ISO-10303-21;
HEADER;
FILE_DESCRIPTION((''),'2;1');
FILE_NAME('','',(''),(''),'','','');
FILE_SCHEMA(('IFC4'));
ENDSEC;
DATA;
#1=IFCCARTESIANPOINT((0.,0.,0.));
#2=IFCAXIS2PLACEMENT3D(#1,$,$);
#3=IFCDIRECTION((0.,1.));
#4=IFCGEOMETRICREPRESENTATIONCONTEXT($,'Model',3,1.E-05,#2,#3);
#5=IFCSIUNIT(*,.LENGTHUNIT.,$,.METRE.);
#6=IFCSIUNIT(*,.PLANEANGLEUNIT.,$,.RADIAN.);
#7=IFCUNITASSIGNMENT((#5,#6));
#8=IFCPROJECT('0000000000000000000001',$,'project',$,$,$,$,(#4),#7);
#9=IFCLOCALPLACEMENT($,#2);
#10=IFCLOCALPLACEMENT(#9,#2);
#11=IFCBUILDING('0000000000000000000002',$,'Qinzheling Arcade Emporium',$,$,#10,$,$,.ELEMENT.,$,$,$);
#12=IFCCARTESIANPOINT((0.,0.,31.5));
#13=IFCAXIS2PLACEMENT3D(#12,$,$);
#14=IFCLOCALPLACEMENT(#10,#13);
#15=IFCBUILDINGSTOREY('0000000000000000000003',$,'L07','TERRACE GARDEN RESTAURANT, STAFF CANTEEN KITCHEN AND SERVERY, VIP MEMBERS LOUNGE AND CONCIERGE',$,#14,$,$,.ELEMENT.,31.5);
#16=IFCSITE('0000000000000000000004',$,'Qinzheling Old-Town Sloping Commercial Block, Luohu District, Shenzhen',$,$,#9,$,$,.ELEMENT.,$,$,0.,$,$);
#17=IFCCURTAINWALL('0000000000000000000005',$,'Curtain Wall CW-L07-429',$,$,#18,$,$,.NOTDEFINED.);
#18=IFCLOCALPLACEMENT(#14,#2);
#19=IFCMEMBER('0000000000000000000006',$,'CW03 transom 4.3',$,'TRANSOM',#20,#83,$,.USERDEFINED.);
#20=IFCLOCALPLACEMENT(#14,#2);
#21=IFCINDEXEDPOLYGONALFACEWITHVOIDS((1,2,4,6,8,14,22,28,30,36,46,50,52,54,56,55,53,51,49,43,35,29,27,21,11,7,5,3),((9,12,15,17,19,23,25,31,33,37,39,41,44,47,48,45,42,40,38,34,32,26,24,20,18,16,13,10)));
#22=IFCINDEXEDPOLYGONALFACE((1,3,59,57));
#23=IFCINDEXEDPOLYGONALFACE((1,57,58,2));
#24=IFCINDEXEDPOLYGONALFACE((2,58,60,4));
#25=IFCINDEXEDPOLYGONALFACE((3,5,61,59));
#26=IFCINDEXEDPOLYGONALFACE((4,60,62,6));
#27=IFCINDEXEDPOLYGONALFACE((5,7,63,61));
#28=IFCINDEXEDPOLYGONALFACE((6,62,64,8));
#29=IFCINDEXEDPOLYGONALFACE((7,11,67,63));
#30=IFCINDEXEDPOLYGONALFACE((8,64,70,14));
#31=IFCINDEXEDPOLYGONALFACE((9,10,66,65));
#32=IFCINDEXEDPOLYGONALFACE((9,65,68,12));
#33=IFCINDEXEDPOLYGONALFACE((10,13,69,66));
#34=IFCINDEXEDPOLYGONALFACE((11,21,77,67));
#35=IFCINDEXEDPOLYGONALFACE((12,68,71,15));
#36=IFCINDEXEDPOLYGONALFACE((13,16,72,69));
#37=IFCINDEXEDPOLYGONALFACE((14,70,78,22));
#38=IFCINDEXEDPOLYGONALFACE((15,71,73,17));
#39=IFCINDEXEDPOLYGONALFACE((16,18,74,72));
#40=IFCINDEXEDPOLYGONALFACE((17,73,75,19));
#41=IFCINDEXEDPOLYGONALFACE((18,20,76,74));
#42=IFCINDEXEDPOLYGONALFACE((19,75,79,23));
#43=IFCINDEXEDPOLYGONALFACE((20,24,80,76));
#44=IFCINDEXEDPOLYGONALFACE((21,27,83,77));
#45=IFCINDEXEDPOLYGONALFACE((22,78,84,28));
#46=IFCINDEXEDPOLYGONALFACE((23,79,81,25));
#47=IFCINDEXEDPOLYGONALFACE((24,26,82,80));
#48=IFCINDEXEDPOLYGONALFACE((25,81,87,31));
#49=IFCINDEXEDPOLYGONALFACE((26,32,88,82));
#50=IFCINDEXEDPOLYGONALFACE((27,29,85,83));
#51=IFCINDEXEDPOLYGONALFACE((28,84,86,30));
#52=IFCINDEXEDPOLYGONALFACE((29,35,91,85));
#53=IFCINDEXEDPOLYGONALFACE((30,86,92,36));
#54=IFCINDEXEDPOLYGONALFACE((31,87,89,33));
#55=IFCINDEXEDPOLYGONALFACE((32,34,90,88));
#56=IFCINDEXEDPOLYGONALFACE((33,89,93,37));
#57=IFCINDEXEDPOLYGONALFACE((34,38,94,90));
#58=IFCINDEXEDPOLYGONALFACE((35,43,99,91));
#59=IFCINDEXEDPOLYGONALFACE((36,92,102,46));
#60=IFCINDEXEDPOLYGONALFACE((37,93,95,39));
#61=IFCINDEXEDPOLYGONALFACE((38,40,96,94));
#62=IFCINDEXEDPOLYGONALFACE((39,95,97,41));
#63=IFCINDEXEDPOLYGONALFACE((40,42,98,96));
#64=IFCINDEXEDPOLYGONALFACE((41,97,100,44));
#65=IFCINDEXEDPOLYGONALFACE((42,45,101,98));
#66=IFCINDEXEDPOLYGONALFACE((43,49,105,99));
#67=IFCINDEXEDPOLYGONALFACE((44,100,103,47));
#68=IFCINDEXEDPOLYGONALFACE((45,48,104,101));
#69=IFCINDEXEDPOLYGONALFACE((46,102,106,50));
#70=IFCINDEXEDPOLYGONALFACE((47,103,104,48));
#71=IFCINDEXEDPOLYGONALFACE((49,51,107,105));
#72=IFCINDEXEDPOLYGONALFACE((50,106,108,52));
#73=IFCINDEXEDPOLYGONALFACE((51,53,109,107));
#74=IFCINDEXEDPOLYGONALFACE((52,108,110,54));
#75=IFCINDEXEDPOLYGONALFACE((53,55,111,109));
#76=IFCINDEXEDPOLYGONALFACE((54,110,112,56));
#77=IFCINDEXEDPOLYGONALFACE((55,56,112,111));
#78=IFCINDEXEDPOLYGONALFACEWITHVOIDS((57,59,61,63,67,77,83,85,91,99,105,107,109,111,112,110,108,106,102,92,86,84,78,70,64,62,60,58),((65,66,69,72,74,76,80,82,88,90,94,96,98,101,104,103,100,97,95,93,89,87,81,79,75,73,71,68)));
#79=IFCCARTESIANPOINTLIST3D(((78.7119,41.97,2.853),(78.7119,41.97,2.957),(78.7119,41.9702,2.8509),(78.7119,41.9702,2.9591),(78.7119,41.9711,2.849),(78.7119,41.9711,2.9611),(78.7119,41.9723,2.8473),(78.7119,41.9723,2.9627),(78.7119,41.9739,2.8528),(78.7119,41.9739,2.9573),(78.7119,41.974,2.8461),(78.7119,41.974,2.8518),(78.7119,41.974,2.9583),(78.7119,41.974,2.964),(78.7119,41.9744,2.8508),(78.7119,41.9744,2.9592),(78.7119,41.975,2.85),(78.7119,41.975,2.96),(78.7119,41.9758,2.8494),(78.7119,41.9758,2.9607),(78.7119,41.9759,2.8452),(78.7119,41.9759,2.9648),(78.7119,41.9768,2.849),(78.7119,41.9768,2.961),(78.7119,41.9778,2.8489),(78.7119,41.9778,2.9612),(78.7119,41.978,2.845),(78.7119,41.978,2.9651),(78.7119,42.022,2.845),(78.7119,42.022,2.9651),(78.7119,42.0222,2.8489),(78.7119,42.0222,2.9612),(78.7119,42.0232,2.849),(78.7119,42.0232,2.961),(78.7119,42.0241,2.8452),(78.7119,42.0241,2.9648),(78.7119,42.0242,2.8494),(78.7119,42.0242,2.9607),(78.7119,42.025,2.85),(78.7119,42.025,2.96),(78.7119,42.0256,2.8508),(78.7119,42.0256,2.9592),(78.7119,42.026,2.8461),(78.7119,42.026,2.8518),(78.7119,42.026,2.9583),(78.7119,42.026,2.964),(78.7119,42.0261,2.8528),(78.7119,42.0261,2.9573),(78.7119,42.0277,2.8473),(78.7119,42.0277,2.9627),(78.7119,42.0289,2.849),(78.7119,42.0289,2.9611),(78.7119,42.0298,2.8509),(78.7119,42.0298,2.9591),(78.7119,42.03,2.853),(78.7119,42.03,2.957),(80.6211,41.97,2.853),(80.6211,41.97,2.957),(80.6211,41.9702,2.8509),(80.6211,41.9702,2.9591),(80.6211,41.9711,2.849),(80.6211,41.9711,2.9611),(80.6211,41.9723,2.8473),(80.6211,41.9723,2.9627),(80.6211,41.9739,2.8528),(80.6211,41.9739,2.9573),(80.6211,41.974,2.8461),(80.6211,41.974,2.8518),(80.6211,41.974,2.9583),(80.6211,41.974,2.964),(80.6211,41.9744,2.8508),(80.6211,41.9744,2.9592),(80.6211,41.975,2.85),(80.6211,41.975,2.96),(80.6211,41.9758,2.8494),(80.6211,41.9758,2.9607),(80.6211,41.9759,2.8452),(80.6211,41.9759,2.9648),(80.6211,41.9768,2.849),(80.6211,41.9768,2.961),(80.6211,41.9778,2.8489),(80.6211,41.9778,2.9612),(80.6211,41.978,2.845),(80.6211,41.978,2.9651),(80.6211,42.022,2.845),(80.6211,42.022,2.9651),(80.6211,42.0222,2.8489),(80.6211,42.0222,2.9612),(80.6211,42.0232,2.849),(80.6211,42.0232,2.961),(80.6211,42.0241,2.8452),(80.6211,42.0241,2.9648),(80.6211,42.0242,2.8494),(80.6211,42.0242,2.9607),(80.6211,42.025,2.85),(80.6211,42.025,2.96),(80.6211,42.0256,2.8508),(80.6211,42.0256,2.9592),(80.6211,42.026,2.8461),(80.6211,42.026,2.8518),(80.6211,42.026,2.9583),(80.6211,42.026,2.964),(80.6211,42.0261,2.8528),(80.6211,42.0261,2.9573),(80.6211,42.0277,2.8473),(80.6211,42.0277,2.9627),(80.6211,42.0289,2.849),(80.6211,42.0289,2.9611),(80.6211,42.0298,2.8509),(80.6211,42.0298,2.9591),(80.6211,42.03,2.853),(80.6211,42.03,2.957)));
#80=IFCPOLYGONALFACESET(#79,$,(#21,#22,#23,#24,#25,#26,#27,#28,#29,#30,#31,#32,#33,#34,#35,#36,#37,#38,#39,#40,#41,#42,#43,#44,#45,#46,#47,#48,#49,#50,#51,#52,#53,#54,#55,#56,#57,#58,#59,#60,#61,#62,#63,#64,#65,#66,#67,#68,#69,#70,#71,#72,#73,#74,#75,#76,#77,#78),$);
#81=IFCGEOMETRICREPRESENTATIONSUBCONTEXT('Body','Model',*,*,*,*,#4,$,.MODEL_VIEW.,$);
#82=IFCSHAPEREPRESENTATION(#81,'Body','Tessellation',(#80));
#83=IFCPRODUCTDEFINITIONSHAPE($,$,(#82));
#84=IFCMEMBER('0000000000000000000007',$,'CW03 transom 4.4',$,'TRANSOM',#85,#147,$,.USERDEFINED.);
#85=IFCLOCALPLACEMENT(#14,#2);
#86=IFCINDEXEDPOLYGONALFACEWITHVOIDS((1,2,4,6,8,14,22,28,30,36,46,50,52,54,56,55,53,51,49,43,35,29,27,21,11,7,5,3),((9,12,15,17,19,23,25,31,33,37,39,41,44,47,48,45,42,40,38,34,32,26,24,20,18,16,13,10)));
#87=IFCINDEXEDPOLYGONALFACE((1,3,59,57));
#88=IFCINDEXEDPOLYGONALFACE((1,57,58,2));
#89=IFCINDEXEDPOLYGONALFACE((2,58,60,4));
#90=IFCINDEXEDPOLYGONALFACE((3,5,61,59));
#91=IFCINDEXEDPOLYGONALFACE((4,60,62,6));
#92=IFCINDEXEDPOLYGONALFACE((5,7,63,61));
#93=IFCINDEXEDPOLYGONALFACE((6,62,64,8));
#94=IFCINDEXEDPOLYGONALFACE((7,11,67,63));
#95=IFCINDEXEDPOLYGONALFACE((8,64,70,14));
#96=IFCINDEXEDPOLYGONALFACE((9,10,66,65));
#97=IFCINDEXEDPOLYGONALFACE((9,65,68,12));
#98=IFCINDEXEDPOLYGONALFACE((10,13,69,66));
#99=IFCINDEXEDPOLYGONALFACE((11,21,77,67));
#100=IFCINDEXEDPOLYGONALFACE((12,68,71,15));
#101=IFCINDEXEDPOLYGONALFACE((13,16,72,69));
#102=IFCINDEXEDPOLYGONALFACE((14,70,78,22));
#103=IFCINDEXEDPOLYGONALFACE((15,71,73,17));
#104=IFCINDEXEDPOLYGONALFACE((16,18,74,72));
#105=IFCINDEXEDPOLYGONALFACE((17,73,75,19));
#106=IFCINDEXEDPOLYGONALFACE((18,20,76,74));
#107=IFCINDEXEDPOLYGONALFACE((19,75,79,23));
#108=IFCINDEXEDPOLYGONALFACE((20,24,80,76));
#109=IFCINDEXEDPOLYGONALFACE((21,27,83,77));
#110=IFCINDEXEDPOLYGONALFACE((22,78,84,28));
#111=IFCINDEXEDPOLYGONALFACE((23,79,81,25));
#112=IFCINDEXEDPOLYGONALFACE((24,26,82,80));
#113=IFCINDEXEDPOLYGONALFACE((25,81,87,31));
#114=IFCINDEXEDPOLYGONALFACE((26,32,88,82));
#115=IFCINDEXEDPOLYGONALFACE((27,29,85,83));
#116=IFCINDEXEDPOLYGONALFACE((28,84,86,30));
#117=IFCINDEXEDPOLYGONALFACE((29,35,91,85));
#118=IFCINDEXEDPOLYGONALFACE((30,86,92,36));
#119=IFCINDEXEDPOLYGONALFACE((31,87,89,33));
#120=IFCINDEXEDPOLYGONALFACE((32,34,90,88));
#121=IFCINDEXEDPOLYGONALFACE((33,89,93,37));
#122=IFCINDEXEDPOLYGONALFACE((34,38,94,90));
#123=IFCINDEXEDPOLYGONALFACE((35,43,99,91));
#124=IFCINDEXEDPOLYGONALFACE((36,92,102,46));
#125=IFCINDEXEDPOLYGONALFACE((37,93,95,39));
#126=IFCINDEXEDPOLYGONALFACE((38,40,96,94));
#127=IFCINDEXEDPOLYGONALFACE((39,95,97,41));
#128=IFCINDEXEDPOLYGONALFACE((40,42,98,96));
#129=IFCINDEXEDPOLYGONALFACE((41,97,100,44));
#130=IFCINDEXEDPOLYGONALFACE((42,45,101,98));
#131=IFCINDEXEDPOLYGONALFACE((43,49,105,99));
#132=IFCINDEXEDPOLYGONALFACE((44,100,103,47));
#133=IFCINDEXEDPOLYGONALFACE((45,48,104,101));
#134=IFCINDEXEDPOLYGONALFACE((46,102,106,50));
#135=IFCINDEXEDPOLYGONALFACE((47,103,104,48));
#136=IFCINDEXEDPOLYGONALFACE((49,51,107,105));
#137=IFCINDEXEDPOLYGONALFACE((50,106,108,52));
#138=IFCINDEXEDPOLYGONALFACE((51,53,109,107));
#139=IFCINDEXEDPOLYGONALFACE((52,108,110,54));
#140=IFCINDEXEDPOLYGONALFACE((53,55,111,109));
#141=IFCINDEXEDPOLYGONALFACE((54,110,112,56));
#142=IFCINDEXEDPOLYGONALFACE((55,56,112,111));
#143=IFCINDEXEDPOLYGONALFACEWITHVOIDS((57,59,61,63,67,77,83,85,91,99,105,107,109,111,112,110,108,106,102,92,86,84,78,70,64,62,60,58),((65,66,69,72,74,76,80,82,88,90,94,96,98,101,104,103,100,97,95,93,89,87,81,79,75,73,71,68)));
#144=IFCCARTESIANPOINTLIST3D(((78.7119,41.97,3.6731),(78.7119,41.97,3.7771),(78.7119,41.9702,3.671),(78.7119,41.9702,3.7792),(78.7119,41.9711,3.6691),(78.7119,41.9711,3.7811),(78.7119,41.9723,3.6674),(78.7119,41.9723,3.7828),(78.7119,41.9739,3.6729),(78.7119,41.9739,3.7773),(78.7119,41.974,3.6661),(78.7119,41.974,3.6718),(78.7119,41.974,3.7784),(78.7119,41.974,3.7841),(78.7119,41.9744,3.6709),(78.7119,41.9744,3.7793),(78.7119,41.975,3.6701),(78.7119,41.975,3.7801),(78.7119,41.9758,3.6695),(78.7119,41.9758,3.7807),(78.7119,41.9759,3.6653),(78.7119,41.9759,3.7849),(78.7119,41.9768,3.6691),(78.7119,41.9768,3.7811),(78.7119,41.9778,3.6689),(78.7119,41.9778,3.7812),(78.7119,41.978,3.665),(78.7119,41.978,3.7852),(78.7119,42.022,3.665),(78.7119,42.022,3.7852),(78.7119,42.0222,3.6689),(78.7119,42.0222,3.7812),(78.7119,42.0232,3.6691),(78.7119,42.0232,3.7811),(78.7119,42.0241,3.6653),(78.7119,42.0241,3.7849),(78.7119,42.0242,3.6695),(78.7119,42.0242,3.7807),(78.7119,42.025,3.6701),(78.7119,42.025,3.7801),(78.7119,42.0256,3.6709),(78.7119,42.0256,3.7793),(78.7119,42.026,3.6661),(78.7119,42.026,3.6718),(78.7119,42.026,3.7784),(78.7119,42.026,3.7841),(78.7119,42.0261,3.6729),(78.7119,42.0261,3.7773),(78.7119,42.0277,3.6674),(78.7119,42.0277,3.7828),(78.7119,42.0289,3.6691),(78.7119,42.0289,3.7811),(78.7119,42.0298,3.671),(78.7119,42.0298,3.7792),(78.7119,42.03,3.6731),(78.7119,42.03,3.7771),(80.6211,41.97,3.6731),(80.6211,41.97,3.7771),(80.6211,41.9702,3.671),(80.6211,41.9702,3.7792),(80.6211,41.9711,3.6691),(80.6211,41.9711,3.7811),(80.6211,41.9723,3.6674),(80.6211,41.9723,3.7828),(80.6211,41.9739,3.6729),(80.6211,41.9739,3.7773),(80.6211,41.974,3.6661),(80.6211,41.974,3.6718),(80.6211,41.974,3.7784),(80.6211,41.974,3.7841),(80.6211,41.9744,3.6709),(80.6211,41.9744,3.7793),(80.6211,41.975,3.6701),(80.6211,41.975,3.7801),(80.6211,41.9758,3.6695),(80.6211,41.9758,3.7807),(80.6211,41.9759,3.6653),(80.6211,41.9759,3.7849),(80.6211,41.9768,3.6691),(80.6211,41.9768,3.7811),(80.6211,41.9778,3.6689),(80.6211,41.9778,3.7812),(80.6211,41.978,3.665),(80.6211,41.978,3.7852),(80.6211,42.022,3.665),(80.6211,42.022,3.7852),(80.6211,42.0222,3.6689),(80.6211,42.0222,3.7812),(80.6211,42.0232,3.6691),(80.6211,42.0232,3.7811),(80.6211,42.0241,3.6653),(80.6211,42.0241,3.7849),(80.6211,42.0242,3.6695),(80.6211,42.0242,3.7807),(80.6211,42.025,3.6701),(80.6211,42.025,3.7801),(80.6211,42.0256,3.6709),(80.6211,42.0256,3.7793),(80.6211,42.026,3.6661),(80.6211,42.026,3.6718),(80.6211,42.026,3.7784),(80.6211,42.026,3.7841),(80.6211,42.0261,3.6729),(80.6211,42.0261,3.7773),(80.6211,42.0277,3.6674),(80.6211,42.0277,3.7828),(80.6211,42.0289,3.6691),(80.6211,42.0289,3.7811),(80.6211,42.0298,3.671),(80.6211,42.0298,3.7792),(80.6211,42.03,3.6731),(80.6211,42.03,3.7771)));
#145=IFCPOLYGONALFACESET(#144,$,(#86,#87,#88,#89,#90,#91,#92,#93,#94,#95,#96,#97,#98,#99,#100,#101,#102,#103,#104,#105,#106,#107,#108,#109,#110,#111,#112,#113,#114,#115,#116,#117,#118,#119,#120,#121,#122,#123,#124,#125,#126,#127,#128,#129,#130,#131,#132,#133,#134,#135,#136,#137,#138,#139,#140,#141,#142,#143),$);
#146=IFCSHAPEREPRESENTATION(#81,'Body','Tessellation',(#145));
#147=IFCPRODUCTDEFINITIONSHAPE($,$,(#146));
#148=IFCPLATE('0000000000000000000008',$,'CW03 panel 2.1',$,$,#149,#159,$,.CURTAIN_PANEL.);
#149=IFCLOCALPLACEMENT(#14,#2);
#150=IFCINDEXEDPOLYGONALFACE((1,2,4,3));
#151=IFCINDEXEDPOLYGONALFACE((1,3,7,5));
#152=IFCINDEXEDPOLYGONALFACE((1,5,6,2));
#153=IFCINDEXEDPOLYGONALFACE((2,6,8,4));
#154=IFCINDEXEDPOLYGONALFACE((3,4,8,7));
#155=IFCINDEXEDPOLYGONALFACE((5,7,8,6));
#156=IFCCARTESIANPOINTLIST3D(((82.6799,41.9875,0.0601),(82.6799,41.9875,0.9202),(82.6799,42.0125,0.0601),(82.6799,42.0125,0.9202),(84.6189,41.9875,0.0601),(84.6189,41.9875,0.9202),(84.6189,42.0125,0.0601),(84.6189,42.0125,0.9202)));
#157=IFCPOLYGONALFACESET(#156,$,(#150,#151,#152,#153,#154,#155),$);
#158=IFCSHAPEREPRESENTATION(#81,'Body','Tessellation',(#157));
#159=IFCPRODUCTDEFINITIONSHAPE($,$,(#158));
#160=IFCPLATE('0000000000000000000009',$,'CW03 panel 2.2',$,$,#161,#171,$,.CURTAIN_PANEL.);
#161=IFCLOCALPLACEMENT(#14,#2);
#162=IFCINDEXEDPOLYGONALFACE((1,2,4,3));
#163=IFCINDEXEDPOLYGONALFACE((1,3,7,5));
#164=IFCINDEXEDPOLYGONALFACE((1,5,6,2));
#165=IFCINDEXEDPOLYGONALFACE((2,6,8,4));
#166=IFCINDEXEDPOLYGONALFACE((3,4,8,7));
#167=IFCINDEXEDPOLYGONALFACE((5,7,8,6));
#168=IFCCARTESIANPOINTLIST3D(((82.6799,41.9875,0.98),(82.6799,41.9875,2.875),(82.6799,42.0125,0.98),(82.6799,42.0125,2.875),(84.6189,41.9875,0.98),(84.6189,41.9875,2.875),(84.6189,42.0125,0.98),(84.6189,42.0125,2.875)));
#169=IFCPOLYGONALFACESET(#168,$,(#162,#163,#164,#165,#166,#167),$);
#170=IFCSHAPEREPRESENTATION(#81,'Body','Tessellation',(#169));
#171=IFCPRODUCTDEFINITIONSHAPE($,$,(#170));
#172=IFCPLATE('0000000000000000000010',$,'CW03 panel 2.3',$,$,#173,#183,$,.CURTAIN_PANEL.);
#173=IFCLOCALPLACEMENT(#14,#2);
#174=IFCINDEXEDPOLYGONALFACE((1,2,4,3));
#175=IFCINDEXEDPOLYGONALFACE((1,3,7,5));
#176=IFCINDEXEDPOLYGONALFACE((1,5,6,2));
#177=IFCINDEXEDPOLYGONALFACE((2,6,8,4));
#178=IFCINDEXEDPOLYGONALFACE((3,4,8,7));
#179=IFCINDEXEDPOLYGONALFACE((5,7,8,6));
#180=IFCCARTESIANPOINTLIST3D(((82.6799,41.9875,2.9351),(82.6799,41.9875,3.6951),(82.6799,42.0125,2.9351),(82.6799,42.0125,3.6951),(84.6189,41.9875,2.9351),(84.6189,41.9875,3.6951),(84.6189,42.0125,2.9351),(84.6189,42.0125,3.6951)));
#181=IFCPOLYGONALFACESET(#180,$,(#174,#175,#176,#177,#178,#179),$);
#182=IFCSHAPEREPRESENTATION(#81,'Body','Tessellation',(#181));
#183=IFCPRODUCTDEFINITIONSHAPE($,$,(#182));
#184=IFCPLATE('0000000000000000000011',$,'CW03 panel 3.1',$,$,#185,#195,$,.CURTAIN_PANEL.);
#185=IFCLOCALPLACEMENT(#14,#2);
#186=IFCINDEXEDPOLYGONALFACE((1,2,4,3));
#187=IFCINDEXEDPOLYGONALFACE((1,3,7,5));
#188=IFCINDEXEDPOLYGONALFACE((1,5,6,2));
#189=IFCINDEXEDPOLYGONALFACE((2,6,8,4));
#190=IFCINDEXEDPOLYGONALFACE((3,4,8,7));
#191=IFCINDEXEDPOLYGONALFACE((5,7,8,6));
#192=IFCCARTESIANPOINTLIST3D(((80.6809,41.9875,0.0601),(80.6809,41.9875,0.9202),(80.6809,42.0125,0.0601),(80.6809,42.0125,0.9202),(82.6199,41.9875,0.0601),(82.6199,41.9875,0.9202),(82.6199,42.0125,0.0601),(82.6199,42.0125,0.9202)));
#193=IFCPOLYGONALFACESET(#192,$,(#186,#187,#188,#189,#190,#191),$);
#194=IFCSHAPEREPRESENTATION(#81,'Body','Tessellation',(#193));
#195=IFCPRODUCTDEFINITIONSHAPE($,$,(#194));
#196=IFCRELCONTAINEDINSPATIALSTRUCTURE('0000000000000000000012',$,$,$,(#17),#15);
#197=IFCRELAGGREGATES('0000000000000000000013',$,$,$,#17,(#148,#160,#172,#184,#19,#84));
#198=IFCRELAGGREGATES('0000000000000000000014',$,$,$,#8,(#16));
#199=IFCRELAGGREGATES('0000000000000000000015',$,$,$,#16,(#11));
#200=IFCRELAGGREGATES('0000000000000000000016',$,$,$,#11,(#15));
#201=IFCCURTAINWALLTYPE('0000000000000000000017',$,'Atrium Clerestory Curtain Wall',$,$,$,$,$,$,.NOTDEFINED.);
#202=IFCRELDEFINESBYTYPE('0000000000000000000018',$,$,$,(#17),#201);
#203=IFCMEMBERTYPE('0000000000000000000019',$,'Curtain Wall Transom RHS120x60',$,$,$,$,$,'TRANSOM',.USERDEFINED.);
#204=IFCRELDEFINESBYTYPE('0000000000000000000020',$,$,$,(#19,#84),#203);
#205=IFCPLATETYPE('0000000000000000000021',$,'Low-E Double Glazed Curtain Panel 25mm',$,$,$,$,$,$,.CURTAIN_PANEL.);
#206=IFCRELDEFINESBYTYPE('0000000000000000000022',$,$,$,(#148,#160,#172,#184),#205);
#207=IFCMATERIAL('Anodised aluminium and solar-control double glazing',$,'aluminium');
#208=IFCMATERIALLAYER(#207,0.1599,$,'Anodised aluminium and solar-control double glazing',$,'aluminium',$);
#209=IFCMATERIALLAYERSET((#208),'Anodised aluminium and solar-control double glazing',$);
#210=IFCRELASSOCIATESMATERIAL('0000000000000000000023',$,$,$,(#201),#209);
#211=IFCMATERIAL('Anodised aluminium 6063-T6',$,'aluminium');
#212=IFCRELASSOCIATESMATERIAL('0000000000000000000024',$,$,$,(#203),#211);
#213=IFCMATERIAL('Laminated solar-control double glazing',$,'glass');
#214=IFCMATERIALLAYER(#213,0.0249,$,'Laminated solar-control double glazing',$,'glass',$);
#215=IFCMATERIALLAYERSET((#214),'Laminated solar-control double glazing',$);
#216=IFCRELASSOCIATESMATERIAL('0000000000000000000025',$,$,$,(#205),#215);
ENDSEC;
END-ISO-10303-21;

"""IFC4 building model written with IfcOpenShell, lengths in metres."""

from ifc_helpers import new_model, si_unit, direction, frame, origin, origin_2d, place, context, subcontext, project, spatial, rectangle, hollow_rectangle, extrude, material, layer, layer_set, material_profile, profile_set, type_object, element, aggregate, save


model = new_model("IFC4")

# Units and contexts
model_context = context("Model", 3, precision=1e-05, world=origin(), true_north=direction((0.0, 1.0)))
body_context = subcontext(model_context, "Body", "Model", "MODEL_VIEW")
ifc_project = project(units=[si_unit("LENGTHUNIT", "METRE"), si_unit("PLANEANGLEUNIT", "RADIAN")], contexts=[model_context])

# Site, building, storey
site_placement = place(None, origin())
site = spatial("IfcSite", under=ifc_project, at=site_placement, Name="Qinzheling Old-Town Sloping Commercial Block, Luohu District, Shenzhen", CompositionType="ELEMENT", RefElevation=0.0)
building_placement = place(site_placement, origin())
building = spatial("IfcBuilding", under=site, at=building_placement, Name="Qinzheling Arcade Emporium", CompositionType="ELEMENT")
storey_placement = place(building_placement, frame((0.0, 0.0, 31.5)))
storey = spatial("IfcBuildingStorey", under=building, at=storey_placement, Name="L07", Description="TERRACE GARDEN RESTAURANT, STAFF CANTEEN KITCHEN AND SERVERY, VIP MEMBERS LOUNGE AND CONCIERGE", CompositionType="ELEMENT", Elevation=31.5)

# Curtain wall, members, plates
ifc_material_1 = material(Name="Anodised aluminium and solar-control double glazing", Category="aluminium")
ifc_layer_1 = layer(ifc_material_1, 0.1599, Name="Anodised aluminium and solar-control double glazing", Category="aluminium")
ifc_layer_set_1 = layer_set([ifc_layer_1], Name="Anodised aluminium and solar-control double glazing")
curtain_wall_type = type_object("IfcCurtainWallType", Name="Atrium Clerestory Curtain Wall", PredefinedType="NOTDEFINED", material=ifc_layer_set_1)
curtain_wall_placement = place(storey_placement, origin())
curtain_wall = element("IfcCurtainWall", 1, at=curtain_wall_placement, inside=storey, type_object=curtain_wall_type, Name="Curtain Wall CW-L07-429", PredefinedType="NOTDEFINED")
ifc_material_2 = material(Name="Anodised aluminium 6063-T6", Category="aluminium")
ifc_material_profile_1 = material_profile(ifc_material_2, hollow_rectangle(XDim=0.0601, YDim=0.1201, WallThickness=0.0039, InnerFilletRadius=0.0039, OuterFilletRadius=0.0081, at=origin_2d()), Name="RHS 120x60x4", Category="aluminium")
ifc_profile_set_1 = profile_set([ifc_material_profile_1], Name="Anodised aluminium 6063-T6")
member_type_1 = type_object("IfcMemberType", Name="Curtain Wall Transom RHS120x60", ElementType="TRANSOM", PredefinedType="USERDEFINED", material=ifc_profile_set_1)
member_1_placement = place(storey_placement, frame((80.6211, 42.0, 2.905), z_axis=(-1.0, 0.0, 0.0), x_axis=(0.0, -1.0, 0.0)))
member_1 = element("IfcMember", 2, at=member_1_placement, type_object=member_type_1, Name="CW03 transom 4.3", ObjectType="TRANSOM", PredefinedType="USERDEFINED", context=body_context, shape_type="SweptSolid", body=[
    extrude(hollow_rectangle(XDim=0.0601, YDim=0.1201, WallThickness=0.0039, InnerFilletRadius=0.0039, OuterFilletRadius=0.0081, at=origin_2d()), origin(), (0.0, 0.0, 1.0), 1.9092),
])
member_2_placement = place(storey_placement, frame((80.6211, 42.0, 3.7251), z_axis=(-1.0, 0.0, 0.0), x_axis=(0.0, -1.0, 0.0)))
member_2 = element("IfcMember", 3, at=member_2_placement, type_object=member_type_1, Name="CW03 transom 4.4", ObjectType="TRANSOM", PredefinedType="USERDEFINED", context=body_context, shape_type="SweptSolid", body=[
    extrude(hollow_rectangle(XDim=0.0601, YDim=0.1201, WallThickness=0.0039, InnerFilletRadius=0.0039, OuterFilletRadius=0.0081, at=origin_2d()), origin(), (0.0, 0.0, 1.0), 1.9092),
])
ifc_material_3 = material(Name="Laminated solar-control double glazing", Category="glass")
ifc_layer_2 = layer(ifc_material_3, 0.0249, Name="Laminated solar-control double glazing", Category="glass")
ifc_layer_set_2 = layer_set([ifc_layer_2], Name="Laminated solar-control double glazing")
plate_type = type_object("IfcPlateType", Name="Low-E Double Glazed Curtain Panel 25mm", PredefinedType="CURTAIN_PANEL", material=ifc_layer_set_2)
plate_1_placement = place(storey_placement, frame((83.6494, 42.0, 0.0601), z_axis=(0.0, 0.0, 1.0), x_axis=(-1.0, 0.0, 0.0)))
plate_1 = element("IfcPlate", 4, at=plate_1_placement, type_object=plate_type, Name="CW03 panel 2.1", PredefinedType="CURTAIN_PANEL", context=body_context, shape_type="SweptSolid", body=[
    extrude(rectangle(XDim=1.939, YDim=0.0249, at=origin_2d()), origin(), (0.0, 0.0, 1.0), 0.8601),
])
plate_2_placement = place(storey_placement, frame((83.6494, 42.0, 0.98), z_axis=(0.0, 0.0, 1.0), x_axis=(-1.0, 0.0, 0.0)))
plate_2 = element("IfcPlate", 5, at=plate_2_placement, type_object=plate_type, Name="CW03 panel 2.2", PredefinedType="CURTAIN_PANEL", context=body_context, shape_type="SweptSolid", body=[
    extrude(rectangle(XDim=1.939, YDim=0.0249, at=origin_2d()), origin(), (0.0, 0.0, 1.0), 1.895),
])
plate_3_placement = place(storey_placement, frame((83.6494, 42.0, 2.9351), z_axis=(0.0, 0.0, 1.0), x_axis=(-1.0, 0.0, 0.0)))
plate_3 = element("IfcPlate", 6, at=plate_3_placement, type_object=plate_type, Name="CW03 panel 2.3", PredefinedType="CURTAIN_PANEL", context=body_context, shape_type="SweptSolid", body=[
    extrude(rectangle(XDim=1.939, YDim=0.0249, at=origin_2d()), origin(), (0.0, 0.0, 1.0), 0.76),
])
plate_4_placement = place(storey_placement, frame((81.6504, 42.0, 0.0601), z_axis=(0.0, 0.0, 1.0), x_axis=(-1.0, 0.0, 0.0)))
plate_4 = element("IfcPlate", 7, at=plate_4_placement, type_object=plate_type, Name="CW03 panel 3.1", PredefinedType="CURTAIN_PANEL", context=body_context, shape_type="SweptSolid", body=[
    extrude(rectangle(XDim=1.939, YDim=0.0249, at=origin_2d()), origin(), (0.0, 0.0, 1.0), 0.8601),
])
aggregate(curtain_wall, [plate_1, plate_2, plate_3, plate_4, member_1, member_2])

save(model, "model.ifc")
